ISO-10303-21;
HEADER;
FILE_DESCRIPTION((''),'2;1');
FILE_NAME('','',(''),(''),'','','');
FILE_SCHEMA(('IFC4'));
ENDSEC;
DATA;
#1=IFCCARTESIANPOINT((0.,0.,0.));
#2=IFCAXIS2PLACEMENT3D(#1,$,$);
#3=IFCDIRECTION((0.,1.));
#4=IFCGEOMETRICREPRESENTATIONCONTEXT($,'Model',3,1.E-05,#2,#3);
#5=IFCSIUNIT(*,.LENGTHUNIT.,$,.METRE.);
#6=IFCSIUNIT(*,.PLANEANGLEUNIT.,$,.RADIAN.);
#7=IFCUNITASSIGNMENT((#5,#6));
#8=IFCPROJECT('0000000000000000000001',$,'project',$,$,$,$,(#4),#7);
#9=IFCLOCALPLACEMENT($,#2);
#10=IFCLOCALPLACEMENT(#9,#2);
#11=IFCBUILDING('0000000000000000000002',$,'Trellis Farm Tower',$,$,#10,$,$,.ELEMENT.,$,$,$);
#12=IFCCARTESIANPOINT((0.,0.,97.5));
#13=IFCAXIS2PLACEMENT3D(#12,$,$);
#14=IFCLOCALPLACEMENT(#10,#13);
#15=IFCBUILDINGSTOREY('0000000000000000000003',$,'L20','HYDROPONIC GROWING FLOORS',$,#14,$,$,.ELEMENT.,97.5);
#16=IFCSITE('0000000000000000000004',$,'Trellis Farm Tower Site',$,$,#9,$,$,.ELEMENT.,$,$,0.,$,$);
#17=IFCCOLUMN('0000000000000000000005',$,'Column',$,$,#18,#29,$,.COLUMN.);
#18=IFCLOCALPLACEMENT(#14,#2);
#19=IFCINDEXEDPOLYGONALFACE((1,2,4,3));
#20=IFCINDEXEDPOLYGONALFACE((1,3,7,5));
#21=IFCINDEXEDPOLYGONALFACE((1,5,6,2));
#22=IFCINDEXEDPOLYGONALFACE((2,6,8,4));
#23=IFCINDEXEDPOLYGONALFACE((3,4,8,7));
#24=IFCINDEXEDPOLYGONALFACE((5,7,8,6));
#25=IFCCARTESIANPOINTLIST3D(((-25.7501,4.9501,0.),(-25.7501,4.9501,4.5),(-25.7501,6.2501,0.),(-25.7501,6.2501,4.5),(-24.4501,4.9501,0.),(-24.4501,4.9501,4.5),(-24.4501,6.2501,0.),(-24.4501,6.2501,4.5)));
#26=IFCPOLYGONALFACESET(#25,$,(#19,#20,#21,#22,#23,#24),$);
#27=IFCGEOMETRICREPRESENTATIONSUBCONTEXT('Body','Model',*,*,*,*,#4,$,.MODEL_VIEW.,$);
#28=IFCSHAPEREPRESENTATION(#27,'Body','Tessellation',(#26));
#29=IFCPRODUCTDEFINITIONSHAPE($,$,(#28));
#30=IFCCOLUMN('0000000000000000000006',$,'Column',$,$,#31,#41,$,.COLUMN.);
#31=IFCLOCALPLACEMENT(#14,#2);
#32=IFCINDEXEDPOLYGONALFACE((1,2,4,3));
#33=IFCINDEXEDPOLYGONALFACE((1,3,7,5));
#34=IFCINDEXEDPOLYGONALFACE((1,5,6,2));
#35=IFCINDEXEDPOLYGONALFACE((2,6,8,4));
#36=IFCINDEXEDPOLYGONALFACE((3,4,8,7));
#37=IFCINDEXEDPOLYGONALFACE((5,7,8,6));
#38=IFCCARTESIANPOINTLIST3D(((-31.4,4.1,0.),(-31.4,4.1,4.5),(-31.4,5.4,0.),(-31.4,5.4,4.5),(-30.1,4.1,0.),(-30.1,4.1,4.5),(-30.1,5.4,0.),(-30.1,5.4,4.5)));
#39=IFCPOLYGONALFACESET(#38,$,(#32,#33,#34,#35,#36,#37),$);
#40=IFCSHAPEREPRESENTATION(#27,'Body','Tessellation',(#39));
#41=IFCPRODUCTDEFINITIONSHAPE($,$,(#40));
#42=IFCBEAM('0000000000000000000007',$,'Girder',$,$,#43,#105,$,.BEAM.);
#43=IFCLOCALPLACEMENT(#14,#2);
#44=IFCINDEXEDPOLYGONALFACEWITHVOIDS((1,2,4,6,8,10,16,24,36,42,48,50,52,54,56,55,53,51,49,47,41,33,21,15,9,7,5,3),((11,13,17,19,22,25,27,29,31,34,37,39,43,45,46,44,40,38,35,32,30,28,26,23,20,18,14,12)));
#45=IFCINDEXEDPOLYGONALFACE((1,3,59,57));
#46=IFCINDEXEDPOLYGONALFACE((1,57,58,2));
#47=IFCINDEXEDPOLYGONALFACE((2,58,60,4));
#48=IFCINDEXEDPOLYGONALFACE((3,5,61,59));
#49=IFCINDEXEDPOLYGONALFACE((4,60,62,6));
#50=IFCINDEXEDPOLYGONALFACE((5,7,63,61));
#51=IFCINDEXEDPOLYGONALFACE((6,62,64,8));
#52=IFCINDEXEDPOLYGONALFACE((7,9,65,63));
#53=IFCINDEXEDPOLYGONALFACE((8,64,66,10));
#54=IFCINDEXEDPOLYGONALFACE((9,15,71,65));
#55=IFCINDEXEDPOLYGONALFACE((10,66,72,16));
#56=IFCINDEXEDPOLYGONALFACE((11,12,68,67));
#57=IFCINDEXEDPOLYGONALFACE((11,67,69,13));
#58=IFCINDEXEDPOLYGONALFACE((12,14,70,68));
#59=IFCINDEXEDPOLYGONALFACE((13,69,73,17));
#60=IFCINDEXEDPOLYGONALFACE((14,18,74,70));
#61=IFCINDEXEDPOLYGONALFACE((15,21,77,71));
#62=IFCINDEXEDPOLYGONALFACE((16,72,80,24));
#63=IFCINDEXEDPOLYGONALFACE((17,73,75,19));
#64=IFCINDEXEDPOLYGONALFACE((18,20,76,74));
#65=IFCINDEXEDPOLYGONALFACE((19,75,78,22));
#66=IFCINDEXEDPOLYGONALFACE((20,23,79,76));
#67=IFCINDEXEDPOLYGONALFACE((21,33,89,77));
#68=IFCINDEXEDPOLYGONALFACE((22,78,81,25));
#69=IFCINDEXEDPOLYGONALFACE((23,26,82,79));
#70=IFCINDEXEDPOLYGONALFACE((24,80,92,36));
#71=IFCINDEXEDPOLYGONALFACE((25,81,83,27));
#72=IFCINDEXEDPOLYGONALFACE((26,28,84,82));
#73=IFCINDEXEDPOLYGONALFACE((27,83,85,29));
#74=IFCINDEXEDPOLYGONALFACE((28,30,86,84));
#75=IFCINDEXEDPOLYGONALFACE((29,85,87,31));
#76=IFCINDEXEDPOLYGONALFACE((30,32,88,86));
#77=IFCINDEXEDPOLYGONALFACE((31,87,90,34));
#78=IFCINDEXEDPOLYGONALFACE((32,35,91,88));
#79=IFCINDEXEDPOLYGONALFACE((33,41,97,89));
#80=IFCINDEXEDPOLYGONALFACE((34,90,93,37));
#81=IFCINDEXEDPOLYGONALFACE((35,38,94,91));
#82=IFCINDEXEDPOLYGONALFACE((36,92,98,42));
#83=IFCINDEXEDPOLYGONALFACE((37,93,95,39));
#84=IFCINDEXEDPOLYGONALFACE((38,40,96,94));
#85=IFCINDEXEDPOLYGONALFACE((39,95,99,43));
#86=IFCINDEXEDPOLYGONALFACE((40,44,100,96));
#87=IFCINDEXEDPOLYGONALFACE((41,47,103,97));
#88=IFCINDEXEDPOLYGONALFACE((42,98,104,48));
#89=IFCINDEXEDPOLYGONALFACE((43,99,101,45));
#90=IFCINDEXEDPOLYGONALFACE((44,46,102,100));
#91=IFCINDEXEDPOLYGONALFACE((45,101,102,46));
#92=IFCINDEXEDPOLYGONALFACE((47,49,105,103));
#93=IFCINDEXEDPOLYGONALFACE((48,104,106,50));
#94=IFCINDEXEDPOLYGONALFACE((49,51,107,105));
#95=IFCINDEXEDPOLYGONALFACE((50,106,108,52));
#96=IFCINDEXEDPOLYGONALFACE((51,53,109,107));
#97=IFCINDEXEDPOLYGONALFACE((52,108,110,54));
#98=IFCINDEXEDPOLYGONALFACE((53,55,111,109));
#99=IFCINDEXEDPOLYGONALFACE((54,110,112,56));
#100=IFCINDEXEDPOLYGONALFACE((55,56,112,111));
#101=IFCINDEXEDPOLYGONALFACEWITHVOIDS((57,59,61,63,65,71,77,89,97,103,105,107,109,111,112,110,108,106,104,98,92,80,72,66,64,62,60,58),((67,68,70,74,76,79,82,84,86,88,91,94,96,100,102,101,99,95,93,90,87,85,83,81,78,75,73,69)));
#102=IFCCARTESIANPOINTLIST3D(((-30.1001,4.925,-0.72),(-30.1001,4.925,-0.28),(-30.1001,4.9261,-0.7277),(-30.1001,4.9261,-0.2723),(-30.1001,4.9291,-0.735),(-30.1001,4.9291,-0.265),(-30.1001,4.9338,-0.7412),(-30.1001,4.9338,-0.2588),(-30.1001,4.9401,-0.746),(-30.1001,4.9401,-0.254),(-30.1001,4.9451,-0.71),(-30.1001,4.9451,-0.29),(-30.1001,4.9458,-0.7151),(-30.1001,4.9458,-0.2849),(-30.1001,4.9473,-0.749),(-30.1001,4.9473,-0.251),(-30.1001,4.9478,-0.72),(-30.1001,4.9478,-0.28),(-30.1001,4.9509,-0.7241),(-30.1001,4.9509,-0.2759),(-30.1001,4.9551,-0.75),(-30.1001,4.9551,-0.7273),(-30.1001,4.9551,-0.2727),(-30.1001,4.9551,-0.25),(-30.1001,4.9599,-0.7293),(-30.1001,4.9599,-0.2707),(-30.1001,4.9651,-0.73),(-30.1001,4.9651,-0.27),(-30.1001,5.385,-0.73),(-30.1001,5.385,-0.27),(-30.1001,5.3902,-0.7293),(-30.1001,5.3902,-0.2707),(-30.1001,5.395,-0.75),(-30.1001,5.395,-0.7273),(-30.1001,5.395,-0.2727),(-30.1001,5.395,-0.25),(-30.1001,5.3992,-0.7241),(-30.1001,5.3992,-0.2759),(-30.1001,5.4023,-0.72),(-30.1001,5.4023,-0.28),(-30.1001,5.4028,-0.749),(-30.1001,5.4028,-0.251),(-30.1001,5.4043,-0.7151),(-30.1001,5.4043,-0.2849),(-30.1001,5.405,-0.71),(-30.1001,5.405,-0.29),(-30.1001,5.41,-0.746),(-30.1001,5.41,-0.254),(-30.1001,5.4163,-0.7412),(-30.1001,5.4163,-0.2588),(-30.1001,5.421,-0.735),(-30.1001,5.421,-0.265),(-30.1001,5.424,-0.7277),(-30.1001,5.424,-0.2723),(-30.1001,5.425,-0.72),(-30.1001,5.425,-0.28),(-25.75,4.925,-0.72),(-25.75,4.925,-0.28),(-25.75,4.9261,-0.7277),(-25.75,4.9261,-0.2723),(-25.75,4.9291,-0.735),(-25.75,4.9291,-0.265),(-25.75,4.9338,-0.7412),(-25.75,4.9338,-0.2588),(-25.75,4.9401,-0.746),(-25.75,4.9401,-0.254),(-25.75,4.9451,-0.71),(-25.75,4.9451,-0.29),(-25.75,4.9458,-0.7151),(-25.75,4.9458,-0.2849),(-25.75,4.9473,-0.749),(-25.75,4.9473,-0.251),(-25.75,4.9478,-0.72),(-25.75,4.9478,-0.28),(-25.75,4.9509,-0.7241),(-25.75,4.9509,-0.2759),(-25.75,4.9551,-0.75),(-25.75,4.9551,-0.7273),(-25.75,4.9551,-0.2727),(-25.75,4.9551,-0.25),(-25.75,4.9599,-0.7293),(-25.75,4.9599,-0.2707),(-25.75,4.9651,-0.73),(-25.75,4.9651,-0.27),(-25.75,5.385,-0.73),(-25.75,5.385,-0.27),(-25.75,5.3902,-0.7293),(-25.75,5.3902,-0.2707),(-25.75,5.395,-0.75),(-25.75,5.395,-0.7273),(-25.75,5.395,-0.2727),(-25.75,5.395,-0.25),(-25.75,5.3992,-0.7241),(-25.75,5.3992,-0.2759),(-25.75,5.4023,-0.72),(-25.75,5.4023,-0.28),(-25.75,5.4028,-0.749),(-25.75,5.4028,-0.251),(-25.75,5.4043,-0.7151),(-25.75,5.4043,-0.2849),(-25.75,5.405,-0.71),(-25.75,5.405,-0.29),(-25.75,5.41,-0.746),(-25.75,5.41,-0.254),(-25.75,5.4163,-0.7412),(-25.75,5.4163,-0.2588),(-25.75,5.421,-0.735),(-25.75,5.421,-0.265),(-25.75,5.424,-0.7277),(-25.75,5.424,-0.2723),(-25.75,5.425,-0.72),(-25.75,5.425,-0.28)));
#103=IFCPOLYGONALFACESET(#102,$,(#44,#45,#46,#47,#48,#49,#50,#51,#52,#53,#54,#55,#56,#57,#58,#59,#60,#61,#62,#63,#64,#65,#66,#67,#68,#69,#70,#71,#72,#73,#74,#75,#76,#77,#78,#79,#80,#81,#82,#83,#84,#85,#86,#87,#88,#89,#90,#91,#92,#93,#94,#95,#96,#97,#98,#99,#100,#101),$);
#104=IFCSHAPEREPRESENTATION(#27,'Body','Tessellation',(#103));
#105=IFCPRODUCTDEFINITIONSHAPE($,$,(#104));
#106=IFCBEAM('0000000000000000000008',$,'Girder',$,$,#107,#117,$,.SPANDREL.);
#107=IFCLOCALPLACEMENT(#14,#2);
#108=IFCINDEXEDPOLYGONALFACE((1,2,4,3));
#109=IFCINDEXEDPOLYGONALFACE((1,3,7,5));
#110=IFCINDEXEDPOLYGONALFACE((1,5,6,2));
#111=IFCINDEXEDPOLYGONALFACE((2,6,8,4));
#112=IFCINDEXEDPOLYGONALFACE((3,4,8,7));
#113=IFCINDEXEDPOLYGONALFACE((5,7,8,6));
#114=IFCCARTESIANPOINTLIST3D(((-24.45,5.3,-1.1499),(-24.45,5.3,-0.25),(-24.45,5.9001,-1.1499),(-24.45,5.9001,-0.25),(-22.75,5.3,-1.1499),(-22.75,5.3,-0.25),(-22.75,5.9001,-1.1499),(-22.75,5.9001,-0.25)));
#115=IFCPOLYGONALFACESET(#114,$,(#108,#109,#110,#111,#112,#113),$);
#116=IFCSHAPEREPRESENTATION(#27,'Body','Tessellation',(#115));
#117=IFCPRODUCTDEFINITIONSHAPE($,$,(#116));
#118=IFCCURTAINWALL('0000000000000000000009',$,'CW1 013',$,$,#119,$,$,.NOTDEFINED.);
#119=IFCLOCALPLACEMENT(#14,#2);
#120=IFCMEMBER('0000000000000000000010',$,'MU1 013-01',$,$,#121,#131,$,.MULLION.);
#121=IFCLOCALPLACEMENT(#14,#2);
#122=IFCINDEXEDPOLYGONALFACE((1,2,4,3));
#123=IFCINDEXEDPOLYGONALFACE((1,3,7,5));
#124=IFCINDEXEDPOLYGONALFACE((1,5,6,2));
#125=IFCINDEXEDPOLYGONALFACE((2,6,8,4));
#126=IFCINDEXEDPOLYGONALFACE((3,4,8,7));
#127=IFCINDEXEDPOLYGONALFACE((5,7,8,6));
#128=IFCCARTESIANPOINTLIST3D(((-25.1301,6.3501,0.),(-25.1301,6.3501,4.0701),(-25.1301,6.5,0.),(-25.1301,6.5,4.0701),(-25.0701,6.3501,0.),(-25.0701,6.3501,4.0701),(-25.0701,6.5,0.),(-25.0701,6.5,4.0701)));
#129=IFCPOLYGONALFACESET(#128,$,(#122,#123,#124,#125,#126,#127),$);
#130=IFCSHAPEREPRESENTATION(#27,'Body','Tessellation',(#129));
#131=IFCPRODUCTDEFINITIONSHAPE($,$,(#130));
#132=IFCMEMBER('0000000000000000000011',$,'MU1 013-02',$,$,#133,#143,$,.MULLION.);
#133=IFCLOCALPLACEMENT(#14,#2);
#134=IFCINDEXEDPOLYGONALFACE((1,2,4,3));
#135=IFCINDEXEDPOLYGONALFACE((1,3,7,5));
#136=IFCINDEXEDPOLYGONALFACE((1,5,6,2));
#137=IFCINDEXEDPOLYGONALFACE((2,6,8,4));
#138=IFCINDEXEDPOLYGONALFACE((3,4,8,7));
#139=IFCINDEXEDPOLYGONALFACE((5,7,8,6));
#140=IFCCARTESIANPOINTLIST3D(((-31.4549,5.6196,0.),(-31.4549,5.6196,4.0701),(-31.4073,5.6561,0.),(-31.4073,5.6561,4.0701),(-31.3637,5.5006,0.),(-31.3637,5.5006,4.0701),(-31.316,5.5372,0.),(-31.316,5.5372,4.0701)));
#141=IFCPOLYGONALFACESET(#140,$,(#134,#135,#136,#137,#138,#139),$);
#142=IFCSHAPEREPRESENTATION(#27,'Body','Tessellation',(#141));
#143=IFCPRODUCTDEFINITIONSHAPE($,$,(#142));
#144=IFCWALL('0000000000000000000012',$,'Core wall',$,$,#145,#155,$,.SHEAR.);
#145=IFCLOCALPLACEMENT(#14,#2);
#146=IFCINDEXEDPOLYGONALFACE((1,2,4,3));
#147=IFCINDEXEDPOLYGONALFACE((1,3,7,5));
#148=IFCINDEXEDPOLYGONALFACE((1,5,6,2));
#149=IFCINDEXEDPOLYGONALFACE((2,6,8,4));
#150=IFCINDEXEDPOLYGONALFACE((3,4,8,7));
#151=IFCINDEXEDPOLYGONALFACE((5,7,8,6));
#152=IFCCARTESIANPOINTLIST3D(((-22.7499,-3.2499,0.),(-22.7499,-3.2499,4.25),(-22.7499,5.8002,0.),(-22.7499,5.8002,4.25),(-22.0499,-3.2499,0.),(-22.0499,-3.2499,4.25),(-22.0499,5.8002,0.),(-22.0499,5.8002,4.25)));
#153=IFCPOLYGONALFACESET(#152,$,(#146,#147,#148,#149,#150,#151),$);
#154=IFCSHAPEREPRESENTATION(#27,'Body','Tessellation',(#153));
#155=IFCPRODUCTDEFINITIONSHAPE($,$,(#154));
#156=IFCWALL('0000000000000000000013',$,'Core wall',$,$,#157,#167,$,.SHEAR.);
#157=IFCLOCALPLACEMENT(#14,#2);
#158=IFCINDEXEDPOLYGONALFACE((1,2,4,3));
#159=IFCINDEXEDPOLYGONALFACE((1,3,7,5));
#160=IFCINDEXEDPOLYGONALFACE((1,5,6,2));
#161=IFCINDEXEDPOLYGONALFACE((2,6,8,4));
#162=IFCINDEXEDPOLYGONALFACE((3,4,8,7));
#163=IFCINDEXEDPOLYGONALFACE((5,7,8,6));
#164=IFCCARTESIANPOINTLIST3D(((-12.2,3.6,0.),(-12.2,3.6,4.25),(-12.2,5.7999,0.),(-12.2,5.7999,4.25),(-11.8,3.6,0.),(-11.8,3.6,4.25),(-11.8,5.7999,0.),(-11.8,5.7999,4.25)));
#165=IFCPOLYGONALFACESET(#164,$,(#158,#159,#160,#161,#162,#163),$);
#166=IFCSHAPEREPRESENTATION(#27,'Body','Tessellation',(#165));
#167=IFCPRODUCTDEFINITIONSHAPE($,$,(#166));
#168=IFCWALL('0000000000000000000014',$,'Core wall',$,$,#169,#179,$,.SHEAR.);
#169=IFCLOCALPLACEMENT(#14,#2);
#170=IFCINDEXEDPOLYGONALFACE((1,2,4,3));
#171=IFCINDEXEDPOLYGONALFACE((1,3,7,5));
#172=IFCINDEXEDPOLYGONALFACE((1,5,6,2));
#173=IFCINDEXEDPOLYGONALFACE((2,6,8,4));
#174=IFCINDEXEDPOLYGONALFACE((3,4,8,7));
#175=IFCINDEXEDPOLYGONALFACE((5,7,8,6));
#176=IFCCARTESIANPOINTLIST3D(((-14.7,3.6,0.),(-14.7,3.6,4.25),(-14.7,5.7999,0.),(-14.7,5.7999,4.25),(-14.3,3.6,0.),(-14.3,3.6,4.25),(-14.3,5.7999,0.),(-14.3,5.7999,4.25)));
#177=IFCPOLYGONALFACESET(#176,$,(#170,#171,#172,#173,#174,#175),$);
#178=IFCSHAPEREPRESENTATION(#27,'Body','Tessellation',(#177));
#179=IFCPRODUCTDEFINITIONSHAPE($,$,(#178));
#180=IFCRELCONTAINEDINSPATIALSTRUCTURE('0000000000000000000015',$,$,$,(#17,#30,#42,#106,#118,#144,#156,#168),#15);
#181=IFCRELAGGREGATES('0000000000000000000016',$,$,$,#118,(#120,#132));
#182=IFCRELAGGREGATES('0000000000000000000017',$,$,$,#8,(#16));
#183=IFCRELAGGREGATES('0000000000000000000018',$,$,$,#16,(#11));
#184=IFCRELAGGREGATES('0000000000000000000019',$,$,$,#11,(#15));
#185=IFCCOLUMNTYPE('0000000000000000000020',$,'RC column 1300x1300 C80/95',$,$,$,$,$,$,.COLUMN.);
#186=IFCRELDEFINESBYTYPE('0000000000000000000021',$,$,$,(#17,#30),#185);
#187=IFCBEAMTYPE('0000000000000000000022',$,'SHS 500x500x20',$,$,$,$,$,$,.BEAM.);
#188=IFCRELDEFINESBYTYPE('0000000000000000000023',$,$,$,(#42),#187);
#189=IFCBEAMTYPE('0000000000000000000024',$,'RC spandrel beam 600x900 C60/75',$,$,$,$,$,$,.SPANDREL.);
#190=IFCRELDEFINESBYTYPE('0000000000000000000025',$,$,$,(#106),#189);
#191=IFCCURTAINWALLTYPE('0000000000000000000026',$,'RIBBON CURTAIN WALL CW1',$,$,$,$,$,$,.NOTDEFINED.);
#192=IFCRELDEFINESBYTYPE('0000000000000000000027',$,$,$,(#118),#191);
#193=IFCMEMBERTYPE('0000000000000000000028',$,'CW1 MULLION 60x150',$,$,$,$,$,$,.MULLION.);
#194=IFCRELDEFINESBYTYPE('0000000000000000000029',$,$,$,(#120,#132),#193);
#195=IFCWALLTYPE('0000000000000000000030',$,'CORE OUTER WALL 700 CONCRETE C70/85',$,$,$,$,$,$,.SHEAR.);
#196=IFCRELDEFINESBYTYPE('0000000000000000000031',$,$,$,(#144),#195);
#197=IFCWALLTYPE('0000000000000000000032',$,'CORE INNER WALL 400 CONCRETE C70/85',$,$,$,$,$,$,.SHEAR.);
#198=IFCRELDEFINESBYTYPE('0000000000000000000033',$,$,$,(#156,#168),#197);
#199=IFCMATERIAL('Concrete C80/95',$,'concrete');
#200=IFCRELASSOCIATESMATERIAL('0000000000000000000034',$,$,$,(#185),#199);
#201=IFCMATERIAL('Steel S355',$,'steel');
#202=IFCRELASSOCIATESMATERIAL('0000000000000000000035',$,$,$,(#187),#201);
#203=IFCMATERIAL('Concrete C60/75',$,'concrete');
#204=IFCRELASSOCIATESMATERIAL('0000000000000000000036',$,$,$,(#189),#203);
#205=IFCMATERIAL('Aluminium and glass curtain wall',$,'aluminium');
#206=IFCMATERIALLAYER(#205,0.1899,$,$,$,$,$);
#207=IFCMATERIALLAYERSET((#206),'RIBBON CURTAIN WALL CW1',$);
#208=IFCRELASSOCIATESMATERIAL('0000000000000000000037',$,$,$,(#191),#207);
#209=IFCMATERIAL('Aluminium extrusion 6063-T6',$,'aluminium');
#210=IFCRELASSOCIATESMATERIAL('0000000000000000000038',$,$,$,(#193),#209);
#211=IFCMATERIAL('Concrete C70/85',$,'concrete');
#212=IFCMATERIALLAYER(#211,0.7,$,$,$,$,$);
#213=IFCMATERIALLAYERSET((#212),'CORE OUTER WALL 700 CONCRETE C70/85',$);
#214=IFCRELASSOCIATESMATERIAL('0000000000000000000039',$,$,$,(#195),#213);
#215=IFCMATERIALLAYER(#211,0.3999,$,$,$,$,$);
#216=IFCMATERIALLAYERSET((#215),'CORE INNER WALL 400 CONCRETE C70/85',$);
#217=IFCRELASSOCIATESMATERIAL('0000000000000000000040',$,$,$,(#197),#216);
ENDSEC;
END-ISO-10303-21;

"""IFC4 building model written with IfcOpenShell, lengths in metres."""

from ifc_helpers import new_model, si_unit, direction, frame, frame_2d, origin, origin_2d, place, context, subcontext, project, spatial, rectangle, hollow_rectangle, extrude, source, transform, mapped, material, layer, layer_set, material_profile, profile_set, type_object, element, aggregate, save


model = new_model("IFC4")

# Units and contexts
model_context = context("Model", 3, precision=1e-05, world=origin(), true_north=direction((0.0, 1.0)))
body_context = subcontext(model_context, "Body", "Model", "MODEL_VIEW")
ifc_project = project(units=[si_unit("LENGTHUNIT", "METRE"), si_unit("PLANEANGLEUNIT", "RADIAN")], contexts=[model_context])

# Site, building, storey
site_placement = place(None, origin())
site = spatial("IfcSite", under=ifc_project, at=site_placement, Name="Trellis Farm Tower Site", CompositionType="ELEMENT", RefElevation=0.0)
building_placement = place(site_placement, origin())
building = spatial("IfcBuilding", under=site, at=building_placement, Name="Trellis Farm Tower", CompositionType="ELEMENT")
storey_placement = place(building_placement, frame((0.0, 0.0, 97.5)))
storey = spatial("IfcBuildingStorey", under=building, at=storey_placement, Name="L20", Description="HYDROPONIC GROWING FLOORS", CompositionType="ELEMENT", Elevation=97.5)

# Columns
ifc_material_1 = material(Name="Concrete C80/95", Category="concrete")
ifc_material_profile_1 = material_profile(ifc_material_1, rectangle(XDim=1.3, YDim=1.3, at=origin_2d()), Name="RC column 1300x1300 C80/95")
ifc_profile_set_1 = profile_set([ifc_material_profile_1], Name="Concrete C80/95")
column_type = type_object("IfcColumnType", Name="RC column 1300x1300 C80/95", PredefinedType="COLUMN", material=ifc_profile_set_1)
shared_shape_1 = source(origin(), body_context, "Body", "SweptSolid", [
    extrude(rectangle(XDim=1.3, YDim=1.3, at=origin_2d()), origin(), (0.0, 0.0, 1.0), 4.5),
])
for number, where, z_axis, x_axis, name in (
    (1, (-25.1001, 5.6001, 0.0), (0.0, 0.0, 1.0), (1.0, 0.0, 0.0), "Column"),
    (2, (-30.75, 4.75, 0.0), (0.0, 0.0, 1.0), (1.0, 0.0, 0.0), "Column"),
):
    element("IfcColumn", number, at=place(storey_placement, frame(where, z_axis=z_axis, x_axis=x_axis)), inside=storey, type_object=column_type, Name=name, PredefinedType="COLUMN", context=body_context, shape_type="MappedRepresentation", body=[
        mapped(shared_shape_1, transform((0.0, 0.0, 0.0))),
    ])

# Beams
ifc_material_2 = material(Name="Steel S355", Category="steel")
ifc_material_profile_2 = material_profile(ifc_material_2, hollow_rectangle(XDim=0.5, YDim=0.5, WallThickness=0.02, InnerFilletRadius=0.02, OuterFilletRadius=0.03, at=origin_2d()), Name="SHS 500x500x20")
ifc_profile_set_2 = profile_set([ifc_material_profile_2], Name="Steel S355")
beam_type_1 = type_object("IfcBeamType", Name="SHS 500x500x20", PredefinedType="BEAM", material=ifc_profile_set_2)
shared_shape_2 = source(origin(), body_context, "Body", "SweptSolid", [
    extrude(hollow_rectangle(XDim=0.5, YDim=0.5, WallThickness=0.02, InnerFilletRadius=0.02, OuterFilletRadius=0.03, at=origin_2d()), origin(), (0.0, 0.0, 1.0), 4.3501),
])
beam_1_placement = place(storey_placement, frame((-30.1001, 5.175, -0.5), z_axis=(1.0, 0.0, 0.0), x_axis=(0.0, 1.0, 0.0)))
element("IfcBeam", 3, at=beam_1_placement, inside=storey, type_object=beam_type_1, Name="Girder", PredefinedType="BEAM", context=body_context, shape_type="MappedRepresentation", body=[
    mapped(shared_shape_2, transform((0.0, 0.0, 0.0))),
])
ifc_material_3 = material(Name="Concrete C60/75", Category="concrete")
ifc_material_profile_3 = material_profile(ifc_material_3, rectangle(XDim=0.6001, YDim=0.8999, at=origin_2d()), Name="RC spandrel beam 600x900 C60/75")
ifc_profile_set_3 = profile_set([ifc_material_profile_3], Name="Concrete C60/75")
beam_type_2 = type_object("IfcBeamType", Name="RC spandrel beam 600x900 C60/75", PredefinedType="SPANDREL", material=ifc_profile_set_3)
shared_shape_3 = source(origin(), body_context, "Body", "SweptSolid", [
    extrude(rectangle(XDim=0.6001, YDim=0.8999, at=origin_2d()), origin(), (0.0, 0.0, 1.0), 1.7),
])
beam_2_placement = place(storey_placement, frame((-24.45, 5.6001, -0.7), z_axis=(1.0, 0.0, 0.0), x_axis=(0.0, 1.0, 0.0)))
element("IfcBeam", 4, at=beam_2_placement, inside=storey, type_object=beam_type_2, Name="Girder", PredefinedType="SPANDREL", context=body_context, shape_type="MappedRepresentation", body=[
    mapped(shared_shape_3, transform((0.0, 0.0, 0.0))),
])

# Curtain wall, members
ifc_material_4 = material(Name="Aluminium and glass curtain wall", Category="aluminium")
ifc_layer_1 = layer(ifc_material_4, 0.1899)
ifc_layer_set_1 = layer_set([ifc_layer_1], Name="RIBBON CURTAIN WALL CW1")
curtain_wall_type = type_object("IfcCurtainWallType", Name="RIBBON CURTAIN WALL CW1", PredefinedType="NOTDEFINED", material=ifc_layer_set_1)
placement = place(storey_placement, origin())
curtain_wall = element("IfcCurtainWall", 5, at=placement, inside=storey, type_object=curtain_wall_type, Name="CW1 013", PredefinedType="NOTDEFINED")
ifc_material_5 = material(Name="Aluminium extrusion 6063-T6", Category="aluminium")
ifc_material_profile_4 = material_profile(ifc_material_5, rectangle(XDim=0.0601, YDim=0.1499, at=origin_2d()), Name="MULLION 60x150")
ifc_profile_set_4 = profile_set([ifc_material_profile_4], Name="Aluminium extrusion 6063-T6")
member_type = type_object("IfcMemberType", Name="CW1 MULLION 60x150", PredefinedType="MULLION", material=ifc_profile_set_4)
shared_shape_4 = source(origin(), body_context, "Body", "SweptSolid", [
    extrude(rectangle(XDim=0.0601, YDim=0.1499, at=origin_2d()), origin(), (0.0, 0.0, 1.0), 4.0701),
])
member_1_placement = place(storey_placement, frame((-25.1001, 6.425, 0.0), z_axis=(0.0, 0.0, 1.0), x_axis=(-1.0, 0.0, 0.0)))
member_1 = element("IfcMember", 6, at=member_1_placement, type_object=member_type, Name="MU1 013-01", PredefinedType="MULLION", context=body_context, shape_type="MappedRepresentation", body=[
    mapped(shared_shape_4, transform((0.0, 0.0, 0.0))),
])
member_2_placement = place(storey_placement, frame((-31.3855, 5.5784, 0.0), z_axis=(0.0, 0.0, 1.0), x_axis=(-0.793353, -0.608761, 0.0)))
member_2 = element("IfcMember", 7, at=member_2_placement, type_object=member_type, Name="MU1 013-02", PredefinedType="MULLION", context=body_context, shape_type="MappedRepresentation", body=[
    mapped(shared_shape_4, transform((0.0, 0.0, 0.0))),
])
aggregate(curtain_wall, [member_1, member_2])

# Walls
ifc_material_6 = material(Name="Concrete C70/85", Category="concrete")
ifc_layer_2 = layer(ifc_material_6, 0.7)
ifc_layer_set_2 = layer_set([ifc_layer_2], Name="CORE OUTER WALL 700 CONCRETE C70/85")
wall_type_1 = type_object("IfcWallType", Name="CORE OUTER WALL 700 CONCRETE C70/85", PredefinedType="SHEAR", material=ifc_layer_set_2)
shared_shape_5 = source(origin(), body_context, "Body", "SweptSolid", [
    extrude(rectangle(XDim=9.05, YDim=0.7, at=frame_2d((4.5249, 0.0))), origin(), (0.0, 0.0, 1.0), 4.25),
])
wall_1_placement = place(storey_placement, frame((-22.3999, 5.8, 0.0), z_axis=(0.0, 0.0, 1.0), x_axis=(0.0, -1.0, 0.0)))
element("IfcWall", 8, at=wall_1_placement, inside=storey, type_object=wall_type_1, Name="Core wall", PredefinedType="SHEAR", context=body_context, shape_type="MappedRepresentation", body=[
    mapped(shared_shape_5, transform((0.0, 0.0, 0.0))),
])
ifc_layer_3 = layer(ifc_material_6, 0.3999)
ifc_layer_set_3 = layer_set([ifc_layer_3], Name="CORE INNER WALL 400 CONCRETE C70/85")
wall_type_2 = type_object("IfcWallType", Name="CORE INNER WALL 400 CONCRETE C70/85", PredefinedType="SHEAR", material=ifc_layer_set_3)
shared_shape_6 = source(origin(), body_context, "Body", "SweptSolid", [
    extrude(rectangle(XDim=2.2, YDim=0.3999, at=frame_2d((1.1001, 0.0))), origin(), (0.0, 0.0, 1.0), 4.25),
])
for number, where, z_axis, x_axis, name in (
    (9, (-12.0, 5.8, 0.0), (0.0, 0.0, 1.0), (0.0, -1.0, 0.0), "Core wall"),
    (10, (-14.5, 5.8, 0.0), (0.0, 0.0, 1.0), (0.0, -1.0, 0.0), "Core wall"),
):
    element("IfcWall", number, at=place(storey_placement, frame(where, z_axis=z_axis, x_axis=x_axis)), inside=storey, type_object=wall_type_2, Name=name, PredefinedType="SHEAR", context=body_context, shape_type="MappedRepresentation", body=[
        mapped(shared_shape_6, transform((0.0, 0.0, 0.0))),
    ])

save(model, "model.ifc")
